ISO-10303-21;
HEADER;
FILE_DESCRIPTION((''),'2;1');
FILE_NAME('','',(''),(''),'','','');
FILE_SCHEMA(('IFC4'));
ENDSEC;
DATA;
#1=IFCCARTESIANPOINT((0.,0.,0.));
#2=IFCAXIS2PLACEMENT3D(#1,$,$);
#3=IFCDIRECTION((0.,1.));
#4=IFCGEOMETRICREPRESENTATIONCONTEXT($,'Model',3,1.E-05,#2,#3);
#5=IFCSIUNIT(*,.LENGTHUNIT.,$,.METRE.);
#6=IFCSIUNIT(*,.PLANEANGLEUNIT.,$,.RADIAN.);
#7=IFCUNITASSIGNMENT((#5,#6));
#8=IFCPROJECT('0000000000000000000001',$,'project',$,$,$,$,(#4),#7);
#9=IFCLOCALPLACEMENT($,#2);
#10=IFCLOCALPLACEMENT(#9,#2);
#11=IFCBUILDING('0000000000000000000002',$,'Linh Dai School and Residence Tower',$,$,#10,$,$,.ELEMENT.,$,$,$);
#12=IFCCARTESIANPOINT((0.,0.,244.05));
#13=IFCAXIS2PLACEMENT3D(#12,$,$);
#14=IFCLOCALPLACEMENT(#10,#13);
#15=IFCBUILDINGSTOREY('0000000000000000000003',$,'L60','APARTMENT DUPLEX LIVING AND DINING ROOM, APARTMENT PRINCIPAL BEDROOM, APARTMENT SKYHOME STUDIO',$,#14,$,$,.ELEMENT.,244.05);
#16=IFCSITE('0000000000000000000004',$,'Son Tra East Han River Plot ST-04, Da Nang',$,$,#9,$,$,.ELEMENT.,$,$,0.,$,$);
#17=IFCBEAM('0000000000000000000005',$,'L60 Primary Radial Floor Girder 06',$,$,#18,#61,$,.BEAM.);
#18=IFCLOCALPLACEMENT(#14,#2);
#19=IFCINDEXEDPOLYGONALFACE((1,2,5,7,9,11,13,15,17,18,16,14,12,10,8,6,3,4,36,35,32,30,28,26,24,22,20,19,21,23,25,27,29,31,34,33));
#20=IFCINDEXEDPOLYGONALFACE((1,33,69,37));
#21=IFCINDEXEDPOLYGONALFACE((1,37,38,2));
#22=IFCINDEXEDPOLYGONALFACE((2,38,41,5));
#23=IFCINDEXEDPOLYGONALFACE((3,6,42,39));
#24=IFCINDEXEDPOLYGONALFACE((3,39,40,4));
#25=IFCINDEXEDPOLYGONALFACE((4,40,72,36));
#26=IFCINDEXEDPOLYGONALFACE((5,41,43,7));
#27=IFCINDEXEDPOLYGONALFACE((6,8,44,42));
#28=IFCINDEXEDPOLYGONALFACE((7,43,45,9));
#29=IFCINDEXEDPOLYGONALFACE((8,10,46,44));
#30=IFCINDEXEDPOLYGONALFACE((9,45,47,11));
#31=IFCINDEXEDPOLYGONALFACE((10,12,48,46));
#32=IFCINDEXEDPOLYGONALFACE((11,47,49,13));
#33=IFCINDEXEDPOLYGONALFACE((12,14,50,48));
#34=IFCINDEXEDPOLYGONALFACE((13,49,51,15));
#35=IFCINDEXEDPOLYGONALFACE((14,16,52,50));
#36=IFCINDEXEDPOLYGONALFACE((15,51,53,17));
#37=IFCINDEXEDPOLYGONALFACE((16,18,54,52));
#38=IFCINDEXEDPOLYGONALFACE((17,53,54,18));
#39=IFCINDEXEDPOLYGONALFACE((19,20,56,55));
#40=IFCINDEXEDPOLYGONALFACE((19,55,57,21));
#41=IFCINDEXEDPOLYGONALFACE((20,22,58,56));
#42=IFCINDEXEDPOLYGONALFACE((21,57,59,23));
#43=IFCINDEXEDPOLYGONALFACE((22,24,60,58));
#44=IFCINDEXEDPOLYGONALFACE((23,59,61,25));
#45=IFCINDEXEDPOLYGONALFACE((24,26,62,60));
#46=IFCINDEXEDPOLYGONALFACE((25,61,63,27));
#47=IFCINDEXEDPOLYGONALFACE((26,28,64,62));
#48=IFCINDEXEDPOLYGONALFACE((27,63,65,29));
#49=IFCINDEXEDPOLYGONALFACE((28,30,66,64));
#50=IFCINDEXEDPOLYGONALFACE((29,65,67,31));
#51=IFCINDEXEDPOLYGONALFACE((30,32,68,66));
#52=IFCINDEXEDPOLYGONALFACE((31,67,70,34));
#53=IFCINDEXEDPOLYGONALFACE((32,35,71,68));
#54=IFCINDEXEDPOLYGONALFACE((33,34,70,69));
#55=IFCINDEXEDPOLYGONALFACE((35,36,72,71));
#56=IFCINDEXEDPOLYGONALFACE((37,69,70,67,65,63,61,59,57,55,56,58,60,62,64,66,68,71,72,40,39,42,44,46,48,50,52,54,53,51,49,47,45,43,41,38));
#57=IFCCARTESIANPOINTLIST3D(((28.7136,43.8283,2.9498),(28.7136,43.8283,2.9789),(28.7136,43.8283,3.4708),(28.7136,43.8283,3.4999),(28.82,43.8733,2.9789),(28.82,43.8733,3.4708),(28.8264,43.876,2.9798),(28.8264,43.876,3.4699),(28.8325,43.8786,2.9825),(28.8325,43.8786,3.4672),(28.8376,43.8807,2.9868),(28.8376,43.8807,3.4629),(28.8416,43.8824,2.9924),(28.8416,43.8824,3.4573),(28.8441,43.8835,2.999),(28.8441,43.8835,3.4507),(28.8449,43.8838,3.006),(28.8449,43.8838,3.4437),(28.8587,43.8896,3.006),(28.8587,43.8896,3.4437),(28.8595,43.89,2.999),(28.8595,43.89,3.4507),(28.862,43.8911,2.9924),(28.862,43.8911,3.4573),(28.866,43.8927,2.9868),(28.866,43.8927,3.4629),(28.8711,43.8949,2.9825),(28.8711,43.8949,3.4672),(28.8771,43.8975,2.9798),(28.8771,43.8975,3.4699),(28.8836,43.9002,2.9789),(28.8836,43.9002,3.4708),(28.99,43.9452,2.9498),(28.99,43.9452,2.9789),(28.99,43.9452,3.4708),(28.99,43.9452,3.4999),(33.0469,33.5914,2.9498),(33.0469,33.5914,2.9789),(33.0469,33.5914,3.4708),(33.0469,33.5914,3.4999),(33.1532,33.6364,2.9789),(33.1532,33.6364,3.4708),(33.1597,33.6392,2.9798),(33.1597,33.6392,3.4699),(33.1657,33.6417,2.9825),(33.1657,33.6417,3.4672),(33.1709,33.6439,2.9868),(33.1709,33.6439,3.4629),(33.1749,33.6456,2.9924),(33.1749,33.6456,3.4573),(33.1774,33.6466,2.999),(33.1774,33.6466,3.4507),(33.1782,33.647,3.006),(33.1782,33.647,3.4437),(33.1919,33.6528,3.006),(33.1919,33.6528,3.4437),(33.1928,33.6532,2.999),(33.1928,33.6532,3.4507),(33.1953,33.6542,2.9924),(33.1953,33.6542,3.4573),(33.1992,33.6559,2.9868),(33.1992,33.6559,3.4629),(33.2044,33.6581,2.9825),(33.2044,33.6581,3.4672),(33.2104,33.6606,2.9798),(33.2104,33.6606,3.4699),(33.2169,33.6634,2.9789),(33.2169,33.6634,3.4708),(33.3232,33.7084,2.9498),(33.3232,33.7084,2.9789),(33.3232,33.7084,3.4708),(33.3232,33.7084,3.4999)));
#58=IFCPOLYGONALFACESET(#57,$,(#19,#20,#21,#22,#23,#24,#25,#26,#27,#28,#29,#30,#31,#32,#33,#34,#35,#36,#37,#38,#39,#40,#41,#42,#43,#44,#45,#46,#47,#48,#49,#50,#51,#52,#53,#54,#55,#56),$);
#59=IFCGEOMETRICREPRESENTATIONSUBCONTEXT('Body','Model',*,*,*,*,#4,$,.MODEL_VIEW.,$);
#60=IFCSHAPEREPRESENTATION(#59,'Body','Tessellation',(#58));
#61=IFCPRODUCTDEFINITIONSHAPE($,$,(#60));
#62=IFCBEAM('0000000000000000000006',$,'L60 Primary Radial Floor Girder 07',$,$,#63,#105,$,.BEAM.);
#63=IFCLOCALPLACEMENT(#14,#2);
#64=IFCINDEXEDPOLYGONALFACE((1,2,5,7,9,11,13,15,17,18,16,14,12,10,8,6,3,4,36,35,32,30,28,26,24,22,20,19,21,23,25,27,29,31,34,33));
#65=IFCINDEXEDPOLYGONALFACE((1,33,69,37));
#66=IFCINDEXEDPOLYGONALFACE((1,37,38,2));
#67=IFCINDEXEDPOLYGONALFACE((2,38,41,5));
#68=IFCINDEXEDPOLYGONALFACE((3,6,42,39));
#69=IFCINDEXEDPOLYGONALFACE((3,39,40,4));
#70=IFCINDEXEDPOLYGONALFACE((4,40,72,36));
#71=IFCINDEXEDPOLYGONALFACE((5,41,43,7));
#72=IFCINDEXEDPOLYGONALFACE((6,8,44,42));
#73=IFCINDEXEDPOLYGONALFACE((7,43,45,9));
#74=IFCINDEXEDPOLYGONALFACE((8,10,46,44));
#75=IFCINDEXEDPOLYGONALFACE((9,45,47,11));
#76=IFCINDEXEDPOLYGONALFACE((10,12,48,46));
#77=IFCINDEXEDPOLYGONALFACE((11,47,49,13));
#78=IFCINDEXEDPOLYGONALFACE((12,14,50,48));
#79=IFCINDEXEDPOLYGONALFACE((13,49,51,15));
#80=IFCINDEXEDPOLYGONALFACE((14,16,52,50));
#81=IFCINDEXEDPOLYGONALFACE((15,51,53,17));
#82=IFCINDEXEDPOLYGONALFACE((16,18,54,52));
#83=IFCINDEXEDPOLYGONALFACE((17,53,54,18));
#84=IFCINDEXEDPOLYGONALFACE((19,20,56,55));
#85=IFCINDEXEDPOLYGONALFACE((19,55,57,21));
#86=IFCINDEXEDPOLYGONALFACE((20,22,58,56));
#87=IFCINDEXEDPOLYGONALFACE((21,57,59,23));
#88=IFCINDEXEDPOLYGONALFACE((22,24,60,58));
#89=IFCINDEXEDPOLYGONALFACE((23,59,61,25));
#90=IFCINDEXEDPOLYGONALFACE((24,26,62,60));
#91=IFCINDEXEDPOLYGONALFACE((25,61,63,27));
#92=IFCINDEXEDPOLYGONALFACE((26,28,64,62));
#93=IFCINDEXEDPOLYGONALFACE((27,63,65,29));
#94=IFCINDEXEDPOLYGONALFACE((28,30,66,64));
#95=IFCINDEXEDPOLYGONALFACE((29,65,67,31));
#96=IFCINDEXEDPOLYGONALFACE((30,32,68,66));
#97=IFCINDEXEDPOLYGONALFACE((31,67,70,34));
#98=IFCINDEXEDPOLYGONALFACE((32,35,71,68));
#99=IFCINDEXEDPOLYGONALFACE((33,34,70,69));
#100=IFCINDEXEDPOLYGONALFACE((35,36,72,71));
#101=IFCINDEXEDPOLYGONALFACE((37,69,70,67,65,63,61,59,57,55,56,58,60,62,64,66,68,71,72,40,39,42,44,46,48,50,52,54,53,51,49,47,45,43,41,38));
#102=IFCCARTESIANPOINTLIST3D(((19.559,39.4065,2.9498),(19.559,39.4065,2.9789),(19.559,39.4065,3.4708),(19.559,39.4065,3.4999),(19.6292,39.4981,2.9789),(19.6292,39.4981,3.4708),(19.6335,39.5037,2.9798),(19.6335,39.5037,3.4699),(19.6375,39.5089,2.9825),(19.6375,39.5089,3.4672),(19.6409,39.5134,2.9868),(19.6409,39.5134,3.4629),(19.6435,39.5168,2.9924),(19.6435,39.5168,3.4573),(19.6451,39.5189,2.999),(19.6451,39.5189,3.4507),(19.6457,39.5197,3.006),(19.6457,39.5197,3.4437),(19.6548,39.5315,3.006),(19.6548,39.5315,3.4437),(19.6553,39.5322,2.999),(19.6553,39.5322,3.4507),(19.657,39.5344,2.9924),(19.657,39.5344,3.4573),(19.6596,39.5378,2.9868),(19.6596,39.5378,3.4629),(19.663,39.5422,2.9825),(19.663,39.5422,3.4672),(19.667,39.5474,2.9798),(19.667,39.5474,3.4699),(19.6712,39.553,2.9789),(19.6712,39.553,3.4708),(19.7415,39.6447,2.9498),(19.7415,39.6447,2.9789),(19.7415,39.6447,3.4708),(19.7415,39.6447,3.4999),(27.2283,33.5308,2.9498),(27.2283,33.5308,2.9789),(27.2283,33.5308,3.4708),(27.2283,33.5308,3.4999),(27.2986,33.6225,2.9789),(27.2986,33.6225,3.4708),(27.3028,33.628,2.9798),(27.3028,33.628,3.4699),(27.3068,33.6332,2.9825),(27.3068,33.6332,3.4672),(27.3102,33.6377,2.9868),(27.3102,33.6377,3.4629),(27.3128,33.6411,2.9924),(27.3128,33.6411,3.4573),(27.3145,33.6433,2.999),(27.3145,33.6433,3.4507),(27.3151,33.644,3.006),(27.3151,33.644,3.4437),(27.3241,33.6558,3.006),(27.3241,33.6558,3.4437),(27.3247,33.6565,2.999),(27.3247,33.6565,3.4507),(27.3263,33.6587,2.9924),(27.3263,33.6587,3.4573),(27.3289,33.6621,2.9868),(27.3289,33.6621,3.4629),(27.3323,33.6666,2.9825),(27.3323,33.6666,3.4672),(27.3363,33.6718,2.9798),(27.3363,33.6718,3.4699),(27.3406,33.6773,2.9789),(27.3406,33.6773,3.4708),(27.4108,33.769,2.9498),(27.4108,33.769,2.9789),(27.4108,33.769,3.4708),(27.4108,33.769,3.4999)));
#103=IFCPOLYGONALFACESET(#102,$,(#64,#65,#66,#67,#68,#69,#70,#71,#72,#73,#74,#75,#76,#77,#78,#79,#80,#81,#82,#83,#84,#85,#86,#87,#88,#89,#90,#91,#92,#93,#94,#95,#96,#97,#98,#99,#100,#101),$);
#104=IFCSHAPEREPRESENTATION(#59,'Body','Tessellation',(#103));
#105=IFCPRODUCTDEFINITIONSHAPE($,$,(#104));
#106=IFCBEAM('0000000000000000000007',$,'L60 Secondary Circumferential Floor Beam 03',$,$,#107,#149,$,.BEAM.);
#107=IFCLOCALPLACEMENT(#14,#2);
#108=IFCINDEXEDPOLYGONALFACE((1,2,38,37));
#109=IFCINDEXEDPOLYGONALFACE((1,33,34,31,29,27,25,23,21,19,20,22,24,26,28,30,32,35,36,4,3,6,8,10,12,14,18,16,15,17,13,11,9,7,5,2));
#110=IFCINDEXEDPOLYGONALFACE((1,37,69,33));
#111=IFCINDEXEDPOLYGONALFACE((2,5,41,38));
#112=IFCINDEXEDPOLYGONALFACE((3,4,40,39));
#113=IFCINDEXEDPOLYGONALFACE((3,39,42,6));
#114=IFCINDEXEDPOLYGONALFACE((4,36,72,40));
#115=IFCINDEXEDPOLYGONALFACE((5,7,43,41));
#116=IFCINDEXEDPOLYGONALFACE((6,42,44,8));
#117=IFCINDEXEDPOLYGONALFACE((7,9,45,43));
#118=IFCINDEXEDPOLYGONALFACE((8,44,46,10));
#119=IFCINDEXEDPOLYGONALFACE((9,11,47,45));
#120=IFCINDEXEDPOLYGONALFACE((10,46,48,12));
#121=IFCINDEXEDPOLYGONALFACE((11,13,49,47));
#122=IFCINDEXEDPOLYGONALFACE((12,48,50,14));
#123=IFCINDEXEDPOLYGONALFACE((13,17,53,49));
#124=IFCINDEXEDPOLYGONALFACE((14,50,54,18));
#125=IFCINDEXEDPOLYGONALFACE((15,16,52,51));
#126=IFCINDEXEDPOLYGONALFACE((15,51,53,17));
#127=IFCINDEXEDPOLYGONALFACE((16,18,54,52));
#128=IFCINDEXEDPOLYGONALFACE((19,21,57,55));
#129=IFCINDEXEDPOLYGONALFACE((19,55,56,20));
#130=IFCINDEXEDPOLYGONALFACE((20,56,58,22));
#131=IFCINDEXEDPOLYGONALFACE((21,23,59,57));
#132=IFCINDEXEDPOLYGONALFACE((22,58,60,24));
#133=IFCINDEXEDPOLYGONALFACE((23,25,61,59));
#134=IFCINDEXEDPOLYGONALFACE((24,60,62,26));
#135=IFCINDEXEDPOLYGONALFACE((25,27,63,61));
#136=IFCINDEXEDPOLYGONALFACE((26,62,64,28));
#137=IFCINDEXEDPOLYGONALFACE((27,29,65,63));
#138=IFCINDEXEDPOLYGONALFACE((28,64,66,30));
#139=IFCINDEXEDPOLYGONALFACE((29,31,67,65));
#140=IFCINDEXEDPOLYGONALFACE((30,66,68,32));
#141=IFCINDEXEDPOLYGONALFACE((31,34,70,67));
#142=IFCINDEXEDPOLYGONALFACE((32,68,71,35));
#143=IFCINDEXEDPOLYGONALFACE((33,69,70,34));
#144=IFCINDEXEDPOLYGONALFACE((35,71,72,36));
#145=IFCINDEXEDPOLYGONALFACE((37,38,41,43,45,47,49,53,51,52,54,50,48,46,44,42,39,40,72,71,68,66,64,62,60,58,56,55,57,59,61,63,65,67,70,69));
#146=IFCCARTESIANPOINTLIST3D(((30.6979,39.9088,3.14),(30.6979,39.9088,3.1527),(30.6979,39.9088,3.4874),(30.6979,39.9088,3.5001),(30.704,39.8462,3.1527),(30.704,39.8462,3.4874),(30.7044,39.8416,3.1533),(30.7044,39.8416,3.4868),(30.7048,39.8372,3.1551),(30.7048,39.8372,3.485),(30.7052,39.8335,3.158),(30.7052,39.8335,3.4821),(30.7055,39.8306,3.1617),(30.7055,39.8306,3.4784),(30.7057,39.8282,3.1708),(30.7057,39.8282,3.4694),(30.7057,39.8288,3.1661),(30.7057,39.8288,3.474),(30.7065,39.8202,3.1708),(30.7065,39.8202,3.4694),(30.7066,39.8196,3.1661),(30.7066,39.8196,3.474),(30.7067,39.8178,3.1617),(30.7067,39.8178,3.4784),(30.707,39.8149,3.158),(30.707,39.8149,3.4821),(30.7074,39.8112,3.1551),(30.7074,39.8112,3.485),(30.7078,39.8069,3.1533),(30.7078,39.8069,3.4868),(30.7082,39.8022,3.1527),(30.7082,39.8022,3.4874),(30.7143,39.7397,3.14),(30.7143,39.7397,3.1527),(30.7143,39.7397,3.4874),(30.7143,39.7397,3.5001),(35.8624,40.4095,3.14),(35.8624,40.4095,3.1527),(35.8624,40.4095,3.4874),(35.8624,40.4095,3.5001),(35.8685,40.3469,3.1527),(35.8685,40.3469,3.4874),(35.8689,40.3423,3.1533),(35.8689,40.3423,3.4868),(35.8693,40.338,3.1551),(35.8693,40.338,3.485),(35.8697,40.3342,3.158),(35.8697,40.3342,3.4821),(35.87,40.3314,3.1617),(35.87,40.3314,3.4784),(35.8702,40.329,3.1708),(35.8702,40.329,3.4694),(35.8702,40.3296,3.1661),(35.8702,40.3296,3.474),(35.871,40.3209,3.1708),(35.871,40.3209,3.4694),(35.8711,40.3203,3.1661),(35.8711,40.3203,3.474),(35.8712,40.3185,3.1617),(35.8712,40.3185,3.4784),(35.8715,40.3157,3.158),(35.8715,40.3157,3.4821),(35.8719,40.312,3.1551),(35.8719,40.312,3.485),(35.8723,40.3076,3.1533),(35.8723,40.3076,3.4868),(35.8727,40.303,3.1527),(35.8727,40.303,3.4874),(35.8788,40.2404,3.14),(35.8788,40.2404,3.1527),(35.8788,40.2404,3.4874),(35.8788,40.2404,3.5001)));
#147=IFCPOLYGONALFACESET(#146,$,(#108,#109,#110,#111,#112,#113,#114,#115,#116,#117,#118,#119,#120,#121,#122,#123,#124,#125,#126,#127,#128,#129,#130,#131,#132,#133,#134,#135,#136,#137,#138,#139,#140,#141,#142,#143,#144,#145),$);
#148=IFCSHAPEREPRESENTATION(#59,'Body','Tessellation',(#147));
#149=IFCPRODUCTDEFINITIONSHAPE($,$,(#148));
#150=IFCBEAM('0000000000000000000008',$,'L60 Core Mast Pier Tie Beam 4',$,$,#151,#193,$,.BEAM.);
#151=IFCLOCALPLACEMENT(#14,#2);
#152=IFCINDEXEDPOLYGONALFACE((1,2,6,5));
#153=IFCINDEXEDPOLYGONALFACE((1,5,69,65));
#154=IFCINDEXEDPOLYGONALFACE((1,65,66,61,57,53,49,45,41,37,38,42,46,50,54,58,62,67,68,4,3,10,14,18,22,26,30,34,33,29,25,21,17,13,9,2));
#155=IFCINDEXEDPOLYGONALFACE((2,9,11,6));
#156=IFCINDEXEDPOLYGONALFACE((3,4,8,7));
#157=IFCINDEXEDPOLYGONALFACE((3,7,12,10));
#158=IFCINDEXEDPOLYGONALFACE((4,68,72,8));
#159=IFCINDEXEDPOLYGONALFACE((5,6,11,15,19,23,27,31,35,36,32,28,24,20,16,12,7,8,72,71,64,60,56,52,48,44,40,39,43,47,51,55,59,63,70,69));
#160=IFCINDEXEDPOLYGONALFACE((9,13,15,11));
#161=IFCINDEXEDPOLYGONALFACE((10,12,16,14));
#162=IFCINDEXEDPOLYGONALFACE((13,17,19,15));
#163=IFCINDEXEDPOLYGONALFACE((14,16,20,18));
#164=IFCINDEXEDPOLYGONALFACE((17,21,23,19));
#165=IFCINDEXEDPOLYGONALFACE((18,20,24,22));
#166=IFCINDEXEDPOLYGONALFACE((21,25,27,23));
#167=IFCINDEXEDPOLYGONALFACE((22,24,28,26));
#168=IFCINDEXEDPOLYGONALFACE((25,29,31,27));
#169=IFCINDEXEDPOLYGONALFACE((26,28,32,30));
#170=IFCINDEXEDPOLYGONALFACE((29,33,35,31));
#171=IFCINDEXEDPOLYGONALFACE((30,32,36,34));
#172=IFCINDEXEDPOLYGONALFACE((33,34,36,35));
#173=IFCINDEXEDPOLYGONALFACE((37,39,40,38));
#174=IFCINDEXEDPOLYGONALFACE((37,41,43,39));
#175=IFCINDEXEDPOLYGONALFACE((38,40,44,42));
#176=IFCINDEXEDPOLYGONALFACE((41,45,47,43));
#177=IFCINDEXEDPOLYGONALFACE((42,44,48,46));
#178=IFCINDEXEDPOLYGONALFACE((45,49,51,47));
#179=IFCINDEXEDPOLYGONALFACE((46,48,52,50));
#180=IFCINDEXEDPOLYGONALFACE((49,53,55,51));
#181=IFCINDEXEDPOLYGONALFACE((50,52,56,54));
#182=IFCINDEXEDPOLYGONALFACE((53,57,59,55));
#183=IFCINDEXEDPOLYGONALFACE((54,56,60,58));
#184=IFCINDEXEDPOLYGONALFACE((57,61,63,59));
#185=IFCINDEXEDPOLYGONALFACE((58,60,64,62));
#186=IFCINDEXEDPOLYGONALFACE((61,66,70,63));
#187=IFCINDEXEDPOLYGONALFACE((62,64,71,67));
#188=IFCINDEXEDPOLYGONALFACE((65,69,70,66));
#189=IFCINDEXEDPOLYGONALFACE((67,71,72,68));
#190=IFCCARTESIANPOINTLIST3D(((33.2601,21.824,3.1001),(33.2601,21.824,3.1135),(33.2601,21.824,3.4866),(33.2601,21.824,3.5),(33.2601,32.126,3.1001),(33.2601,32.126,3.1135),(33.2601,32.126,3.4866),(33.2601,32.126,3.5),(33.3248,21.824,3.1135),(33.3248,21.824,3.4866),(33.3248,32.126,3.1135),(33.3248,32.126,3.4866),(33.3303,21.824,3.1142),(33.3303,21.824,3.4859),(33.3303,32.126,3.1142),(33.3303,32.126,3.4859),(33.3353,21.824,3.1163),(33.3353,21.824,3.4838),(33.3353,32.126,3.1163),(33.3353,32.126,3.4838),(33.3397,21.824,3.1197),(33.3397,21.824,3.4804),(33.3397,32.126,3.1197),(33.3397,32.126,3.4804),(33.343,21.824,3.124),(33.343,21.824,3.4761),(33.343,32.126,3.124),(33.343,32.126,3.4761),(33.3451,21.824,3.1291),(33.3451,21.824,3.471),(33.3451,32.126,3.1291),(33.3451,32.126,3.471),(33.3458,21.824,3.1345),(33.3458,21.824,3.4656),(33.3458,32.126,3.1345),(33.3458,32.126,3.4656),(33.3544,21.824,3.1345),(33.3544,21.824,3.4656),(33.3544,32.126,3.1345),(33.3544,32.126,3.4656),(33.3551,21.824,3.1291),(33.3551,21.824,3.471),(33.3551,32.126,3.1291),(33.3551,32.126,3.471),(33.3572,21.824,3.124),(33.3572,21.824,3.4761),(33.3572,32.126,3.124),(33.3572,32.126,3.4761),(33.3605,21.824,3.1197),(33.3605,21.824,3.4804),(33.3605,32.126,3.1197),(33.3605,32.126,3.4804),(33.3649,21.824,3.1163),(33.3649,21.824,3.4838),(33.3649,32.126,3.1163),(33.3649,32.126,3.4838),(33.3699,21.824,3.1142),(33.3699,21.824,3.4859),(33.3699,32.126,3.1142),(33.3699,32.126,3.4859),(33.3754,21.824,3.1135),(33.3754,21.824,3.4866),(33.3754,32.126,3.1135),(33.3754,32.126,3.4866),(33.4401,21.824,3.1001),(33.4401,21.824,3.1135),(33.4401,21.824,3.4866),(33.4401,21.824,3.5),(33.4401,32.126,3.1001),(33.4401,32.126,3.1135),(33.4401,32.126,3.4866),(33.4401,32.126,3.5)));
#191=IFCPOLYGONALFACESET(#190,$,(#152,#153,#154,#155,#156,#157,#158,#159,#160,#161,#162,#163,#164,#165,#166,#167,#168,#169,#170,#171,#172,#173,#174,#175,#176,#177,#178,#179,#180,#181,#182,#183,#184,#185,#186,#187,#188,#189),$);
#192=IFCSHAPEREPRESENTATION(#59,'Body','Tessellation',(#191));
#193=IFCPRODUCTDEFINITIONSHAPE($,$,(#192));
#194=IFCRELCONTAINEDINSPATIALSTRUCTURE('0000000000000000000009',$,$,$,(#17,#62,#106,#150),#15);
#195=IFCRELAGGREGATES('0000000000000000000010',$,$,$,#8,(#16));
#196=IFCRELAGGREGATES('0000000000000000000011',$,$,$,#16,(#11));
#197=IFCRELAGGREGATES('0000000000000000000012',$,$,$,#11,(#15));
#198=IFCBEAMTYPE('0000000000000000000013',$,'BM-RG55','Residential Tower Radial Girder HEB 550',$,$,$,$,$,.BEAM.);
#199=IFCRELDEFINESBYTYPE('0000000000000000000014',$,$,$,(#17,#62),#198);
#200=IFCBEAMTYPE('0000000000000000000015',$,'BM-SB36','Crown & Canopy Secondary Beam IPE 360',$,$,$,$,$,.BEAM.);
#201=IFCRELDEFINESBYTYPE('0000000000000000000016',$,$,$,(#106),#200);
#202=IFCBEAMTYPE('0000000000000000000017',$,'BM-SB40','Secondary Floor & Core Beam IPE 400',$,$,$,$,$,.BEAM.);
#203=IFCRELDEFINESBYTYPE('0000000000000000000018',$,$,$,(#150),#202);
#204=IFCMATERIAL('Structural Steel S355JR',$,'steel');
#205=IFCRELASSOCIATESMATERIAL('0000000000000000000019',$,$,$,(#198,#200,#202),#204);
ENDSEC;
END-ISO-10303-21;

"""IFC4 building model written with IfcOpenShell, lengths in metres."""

from ifc_helpers import new_model, si_unit, direction, frame, origin, origin_2d, place, context, subcontext, project, spatial, i_section, extrude, material, material_profile, profile_set, type_object, element, save


model = new_model("IFC4")

# Units and contexts
model_context = context("Model", 3, precision=1e-05, world=origin(), true_north=direction((0.0, 1.0)))
body_context = subcontext(model_context, "Body", "Model", "MODEL_VIEW")
ifc_project = project(units=[si_unit("LENGTHUNIT", "METRE"), si_unit("PLANEANGLEUNIT", "RADIAN")], contexts=[model_context])

# Site, building, storey
site_placement = place(None, origin())
site = spatial("IfcSite", under=ifc_project, at=site_placement, Name="Son Tra East Han River Plot ST-04, Da Nang", CompositionType="ELEMENT", RefElevation=0.0)
building_placement = place(site_placement, origin())
building = spatial("IfcBuilding", under=site, at=building_placement, Name="Linh Dai School and Residence Tower", CompositionType="ELEMENT")
storey_placement = place(building_placement, frame((0.0, 0.0, 244.05)))
storey = spatial("IfcBuildingStorey", under=building, at=storey_placement, Name="L60", Description="APARTMENT DUPLEX LIVING AND DINING ROOM, APARTMENT PRINCIPAL BEDROOM, APARTMENT SKYHOME STUDIO", CompositionType="ELEMENT", Elevation=244.05)

# Shared definitions
ifc_material_1 = material(Name="Structural Steel S355JR", Category="steel")

# Beams
ifc_material_profile_1 = material_profile(ifc_material_1, i_section(OverallWidth=0.3, OverallDepth=0.55, WebThickness=0.0149, FlangeThickness=0.0291, FilletRadius=0.0271, at=origin_2d()), Name="HEB 550")
ifc_profile_set_1 = profile_set([ifc_material_profile_1], Name="Structural Steel S355JR")
beam_type_1 = type_object("IfcBeamType", Name="BM-RG55", Description="Residential Tower Radial Girder HEB 550", PredefinedType="BEAM", material=ifc_profile_set_1)
beam_1_placement = place(storey_placement, frame((33.1851, 33.6499, 3.2249), z_axis=(-0.389815, 0.920893, 0.0), x_axis=(-0.920893, -0.389815, 0.0)))
element("IfcBeam", 1, at=beam_1_placement, inside=storey, type_object=beam_type_1, Name="L60 Primary Radial Floor Girder 06", PredefinedType="BEAM", context=body_context, shape_type="SweptSolid", body=[
    extrude(i_section(OverallWidth=0.3, OverallDepth=0.55, WebThickness=0.0149, FlangeThickness=0.0291, FilletRadius=0.0271, at=origin_2d()), origin(), (0.0, 0.0, 1.0), 11.1162),
])
beam_2_placement = place(storey_placement, frame((27.3196, 33.6499, 3.2249), z_axis=(-0.793815, 0.60816, 0.0), x_axis=(-0.60816, -0.793815, 0.0)))
element("IfcBeam", 2, at=beam_2_placement, inside=storey, type_object=beam_type_1, Name="L60 Primary Radial Floor Girder 07", PredefinedType="BEAM", context=body_context, shape_type="SweptSolid", body=[
    extrude(i_section(OverallWidth=0.3, OverallDepth=0.55, WebThickness=0.0149, FlangeThickness=0.0291, FilletRadius=0.0271, at=origin_2d()), origin(), (0.0, 0.0, 1.0), 9.6614),
])
ifc_material_profile_2 = material_profile(ifc_material_1, i_section(OverallWidth=0.1699, OverallDepth=0.3601, WebThickness=0.0081, FlangeThickness=0.0127, FilletRadius=0.0181, at=origin_2d()), Name="IPE 360")
ifc_profile_set_2 = profile_set([ifc_material_profile_2], Name="Structural Steel S355JR")
beam_type_2 = type_object("IfcBeamType", Name="BM-SB36", Description="Crown & Canopy Secondary Beam IPE 360", PredefinedType="BEAM", material=ifc_profile_set_2)
beam_3_placement = place(storey_placement, frame((35.8706, 40.325, 3.3201), z_axis=(-0.995333, -0.096503, 0.0), x_axis=(0.096503, -0.995333, 0.0)))
element("IfcBeam", 3, at=beam_3_placement, inside=storey, type_object=beam_type_2, Name="L60 Secondary Circumferential Floor Beam 03", PredefinedType="BEAM", context=body_context, shape_type="SweptSolid", body=[
    extrude(i_section(OverallWidth=0.1699, OverallDepth=0.3601, WebThickness=0.0081, FlangeThickness=0.0127, FilletRadius=0.0181, at=origin_2d()), origin(), (0.0, 0.0, 1.0), 5.1887),
])
ifc_material_profile_3 = material_profile(ifc_material_1, i_section(OverallWidth=0.1799, OverallDepth=0.3999, WebThickness=0.0085, FlangeThickness=0.0134, FilletRadius=0.021, at=origin_2d()), Name="IPE 400")
ifc_profile_set_3 = profile_set([ifc_material_profile_3], Name="Structural Steel S355JR")
beam_type_3 = type_object("IfcBeamType", Name="BM-SB40", Description="Secondary Floor & Core Beam IPE 400", PredefinedType="BEAM", material=ifc_profile_set_3)
beam_4_placement = place(storey_placement, frame((33.3501, 32.126, 3.3), z_axis=(0.0, -1.0, 0.0), x_axis=(1.0, 0.0, 0.0)))
element("IfcBeam", 4, at=beam_4_placement, inside=storey, type_object=beam_type_3, Name="L60 Core Mast Pier Tie Beam 4", PredefinedType="BEAM", context=body_context, shape_type="SweptSolid", body=[
    extrude(i_section(OverallWidth=0.1799, OverallDepth=0.3999, WebThickness=0.0085, FlangeThickness=0.0134, FilletRadius=0.021, at=origin_2d()), origin(), (0.0, 0.0, 1.0), 10.302),
])

save(model, "model.ifc")
